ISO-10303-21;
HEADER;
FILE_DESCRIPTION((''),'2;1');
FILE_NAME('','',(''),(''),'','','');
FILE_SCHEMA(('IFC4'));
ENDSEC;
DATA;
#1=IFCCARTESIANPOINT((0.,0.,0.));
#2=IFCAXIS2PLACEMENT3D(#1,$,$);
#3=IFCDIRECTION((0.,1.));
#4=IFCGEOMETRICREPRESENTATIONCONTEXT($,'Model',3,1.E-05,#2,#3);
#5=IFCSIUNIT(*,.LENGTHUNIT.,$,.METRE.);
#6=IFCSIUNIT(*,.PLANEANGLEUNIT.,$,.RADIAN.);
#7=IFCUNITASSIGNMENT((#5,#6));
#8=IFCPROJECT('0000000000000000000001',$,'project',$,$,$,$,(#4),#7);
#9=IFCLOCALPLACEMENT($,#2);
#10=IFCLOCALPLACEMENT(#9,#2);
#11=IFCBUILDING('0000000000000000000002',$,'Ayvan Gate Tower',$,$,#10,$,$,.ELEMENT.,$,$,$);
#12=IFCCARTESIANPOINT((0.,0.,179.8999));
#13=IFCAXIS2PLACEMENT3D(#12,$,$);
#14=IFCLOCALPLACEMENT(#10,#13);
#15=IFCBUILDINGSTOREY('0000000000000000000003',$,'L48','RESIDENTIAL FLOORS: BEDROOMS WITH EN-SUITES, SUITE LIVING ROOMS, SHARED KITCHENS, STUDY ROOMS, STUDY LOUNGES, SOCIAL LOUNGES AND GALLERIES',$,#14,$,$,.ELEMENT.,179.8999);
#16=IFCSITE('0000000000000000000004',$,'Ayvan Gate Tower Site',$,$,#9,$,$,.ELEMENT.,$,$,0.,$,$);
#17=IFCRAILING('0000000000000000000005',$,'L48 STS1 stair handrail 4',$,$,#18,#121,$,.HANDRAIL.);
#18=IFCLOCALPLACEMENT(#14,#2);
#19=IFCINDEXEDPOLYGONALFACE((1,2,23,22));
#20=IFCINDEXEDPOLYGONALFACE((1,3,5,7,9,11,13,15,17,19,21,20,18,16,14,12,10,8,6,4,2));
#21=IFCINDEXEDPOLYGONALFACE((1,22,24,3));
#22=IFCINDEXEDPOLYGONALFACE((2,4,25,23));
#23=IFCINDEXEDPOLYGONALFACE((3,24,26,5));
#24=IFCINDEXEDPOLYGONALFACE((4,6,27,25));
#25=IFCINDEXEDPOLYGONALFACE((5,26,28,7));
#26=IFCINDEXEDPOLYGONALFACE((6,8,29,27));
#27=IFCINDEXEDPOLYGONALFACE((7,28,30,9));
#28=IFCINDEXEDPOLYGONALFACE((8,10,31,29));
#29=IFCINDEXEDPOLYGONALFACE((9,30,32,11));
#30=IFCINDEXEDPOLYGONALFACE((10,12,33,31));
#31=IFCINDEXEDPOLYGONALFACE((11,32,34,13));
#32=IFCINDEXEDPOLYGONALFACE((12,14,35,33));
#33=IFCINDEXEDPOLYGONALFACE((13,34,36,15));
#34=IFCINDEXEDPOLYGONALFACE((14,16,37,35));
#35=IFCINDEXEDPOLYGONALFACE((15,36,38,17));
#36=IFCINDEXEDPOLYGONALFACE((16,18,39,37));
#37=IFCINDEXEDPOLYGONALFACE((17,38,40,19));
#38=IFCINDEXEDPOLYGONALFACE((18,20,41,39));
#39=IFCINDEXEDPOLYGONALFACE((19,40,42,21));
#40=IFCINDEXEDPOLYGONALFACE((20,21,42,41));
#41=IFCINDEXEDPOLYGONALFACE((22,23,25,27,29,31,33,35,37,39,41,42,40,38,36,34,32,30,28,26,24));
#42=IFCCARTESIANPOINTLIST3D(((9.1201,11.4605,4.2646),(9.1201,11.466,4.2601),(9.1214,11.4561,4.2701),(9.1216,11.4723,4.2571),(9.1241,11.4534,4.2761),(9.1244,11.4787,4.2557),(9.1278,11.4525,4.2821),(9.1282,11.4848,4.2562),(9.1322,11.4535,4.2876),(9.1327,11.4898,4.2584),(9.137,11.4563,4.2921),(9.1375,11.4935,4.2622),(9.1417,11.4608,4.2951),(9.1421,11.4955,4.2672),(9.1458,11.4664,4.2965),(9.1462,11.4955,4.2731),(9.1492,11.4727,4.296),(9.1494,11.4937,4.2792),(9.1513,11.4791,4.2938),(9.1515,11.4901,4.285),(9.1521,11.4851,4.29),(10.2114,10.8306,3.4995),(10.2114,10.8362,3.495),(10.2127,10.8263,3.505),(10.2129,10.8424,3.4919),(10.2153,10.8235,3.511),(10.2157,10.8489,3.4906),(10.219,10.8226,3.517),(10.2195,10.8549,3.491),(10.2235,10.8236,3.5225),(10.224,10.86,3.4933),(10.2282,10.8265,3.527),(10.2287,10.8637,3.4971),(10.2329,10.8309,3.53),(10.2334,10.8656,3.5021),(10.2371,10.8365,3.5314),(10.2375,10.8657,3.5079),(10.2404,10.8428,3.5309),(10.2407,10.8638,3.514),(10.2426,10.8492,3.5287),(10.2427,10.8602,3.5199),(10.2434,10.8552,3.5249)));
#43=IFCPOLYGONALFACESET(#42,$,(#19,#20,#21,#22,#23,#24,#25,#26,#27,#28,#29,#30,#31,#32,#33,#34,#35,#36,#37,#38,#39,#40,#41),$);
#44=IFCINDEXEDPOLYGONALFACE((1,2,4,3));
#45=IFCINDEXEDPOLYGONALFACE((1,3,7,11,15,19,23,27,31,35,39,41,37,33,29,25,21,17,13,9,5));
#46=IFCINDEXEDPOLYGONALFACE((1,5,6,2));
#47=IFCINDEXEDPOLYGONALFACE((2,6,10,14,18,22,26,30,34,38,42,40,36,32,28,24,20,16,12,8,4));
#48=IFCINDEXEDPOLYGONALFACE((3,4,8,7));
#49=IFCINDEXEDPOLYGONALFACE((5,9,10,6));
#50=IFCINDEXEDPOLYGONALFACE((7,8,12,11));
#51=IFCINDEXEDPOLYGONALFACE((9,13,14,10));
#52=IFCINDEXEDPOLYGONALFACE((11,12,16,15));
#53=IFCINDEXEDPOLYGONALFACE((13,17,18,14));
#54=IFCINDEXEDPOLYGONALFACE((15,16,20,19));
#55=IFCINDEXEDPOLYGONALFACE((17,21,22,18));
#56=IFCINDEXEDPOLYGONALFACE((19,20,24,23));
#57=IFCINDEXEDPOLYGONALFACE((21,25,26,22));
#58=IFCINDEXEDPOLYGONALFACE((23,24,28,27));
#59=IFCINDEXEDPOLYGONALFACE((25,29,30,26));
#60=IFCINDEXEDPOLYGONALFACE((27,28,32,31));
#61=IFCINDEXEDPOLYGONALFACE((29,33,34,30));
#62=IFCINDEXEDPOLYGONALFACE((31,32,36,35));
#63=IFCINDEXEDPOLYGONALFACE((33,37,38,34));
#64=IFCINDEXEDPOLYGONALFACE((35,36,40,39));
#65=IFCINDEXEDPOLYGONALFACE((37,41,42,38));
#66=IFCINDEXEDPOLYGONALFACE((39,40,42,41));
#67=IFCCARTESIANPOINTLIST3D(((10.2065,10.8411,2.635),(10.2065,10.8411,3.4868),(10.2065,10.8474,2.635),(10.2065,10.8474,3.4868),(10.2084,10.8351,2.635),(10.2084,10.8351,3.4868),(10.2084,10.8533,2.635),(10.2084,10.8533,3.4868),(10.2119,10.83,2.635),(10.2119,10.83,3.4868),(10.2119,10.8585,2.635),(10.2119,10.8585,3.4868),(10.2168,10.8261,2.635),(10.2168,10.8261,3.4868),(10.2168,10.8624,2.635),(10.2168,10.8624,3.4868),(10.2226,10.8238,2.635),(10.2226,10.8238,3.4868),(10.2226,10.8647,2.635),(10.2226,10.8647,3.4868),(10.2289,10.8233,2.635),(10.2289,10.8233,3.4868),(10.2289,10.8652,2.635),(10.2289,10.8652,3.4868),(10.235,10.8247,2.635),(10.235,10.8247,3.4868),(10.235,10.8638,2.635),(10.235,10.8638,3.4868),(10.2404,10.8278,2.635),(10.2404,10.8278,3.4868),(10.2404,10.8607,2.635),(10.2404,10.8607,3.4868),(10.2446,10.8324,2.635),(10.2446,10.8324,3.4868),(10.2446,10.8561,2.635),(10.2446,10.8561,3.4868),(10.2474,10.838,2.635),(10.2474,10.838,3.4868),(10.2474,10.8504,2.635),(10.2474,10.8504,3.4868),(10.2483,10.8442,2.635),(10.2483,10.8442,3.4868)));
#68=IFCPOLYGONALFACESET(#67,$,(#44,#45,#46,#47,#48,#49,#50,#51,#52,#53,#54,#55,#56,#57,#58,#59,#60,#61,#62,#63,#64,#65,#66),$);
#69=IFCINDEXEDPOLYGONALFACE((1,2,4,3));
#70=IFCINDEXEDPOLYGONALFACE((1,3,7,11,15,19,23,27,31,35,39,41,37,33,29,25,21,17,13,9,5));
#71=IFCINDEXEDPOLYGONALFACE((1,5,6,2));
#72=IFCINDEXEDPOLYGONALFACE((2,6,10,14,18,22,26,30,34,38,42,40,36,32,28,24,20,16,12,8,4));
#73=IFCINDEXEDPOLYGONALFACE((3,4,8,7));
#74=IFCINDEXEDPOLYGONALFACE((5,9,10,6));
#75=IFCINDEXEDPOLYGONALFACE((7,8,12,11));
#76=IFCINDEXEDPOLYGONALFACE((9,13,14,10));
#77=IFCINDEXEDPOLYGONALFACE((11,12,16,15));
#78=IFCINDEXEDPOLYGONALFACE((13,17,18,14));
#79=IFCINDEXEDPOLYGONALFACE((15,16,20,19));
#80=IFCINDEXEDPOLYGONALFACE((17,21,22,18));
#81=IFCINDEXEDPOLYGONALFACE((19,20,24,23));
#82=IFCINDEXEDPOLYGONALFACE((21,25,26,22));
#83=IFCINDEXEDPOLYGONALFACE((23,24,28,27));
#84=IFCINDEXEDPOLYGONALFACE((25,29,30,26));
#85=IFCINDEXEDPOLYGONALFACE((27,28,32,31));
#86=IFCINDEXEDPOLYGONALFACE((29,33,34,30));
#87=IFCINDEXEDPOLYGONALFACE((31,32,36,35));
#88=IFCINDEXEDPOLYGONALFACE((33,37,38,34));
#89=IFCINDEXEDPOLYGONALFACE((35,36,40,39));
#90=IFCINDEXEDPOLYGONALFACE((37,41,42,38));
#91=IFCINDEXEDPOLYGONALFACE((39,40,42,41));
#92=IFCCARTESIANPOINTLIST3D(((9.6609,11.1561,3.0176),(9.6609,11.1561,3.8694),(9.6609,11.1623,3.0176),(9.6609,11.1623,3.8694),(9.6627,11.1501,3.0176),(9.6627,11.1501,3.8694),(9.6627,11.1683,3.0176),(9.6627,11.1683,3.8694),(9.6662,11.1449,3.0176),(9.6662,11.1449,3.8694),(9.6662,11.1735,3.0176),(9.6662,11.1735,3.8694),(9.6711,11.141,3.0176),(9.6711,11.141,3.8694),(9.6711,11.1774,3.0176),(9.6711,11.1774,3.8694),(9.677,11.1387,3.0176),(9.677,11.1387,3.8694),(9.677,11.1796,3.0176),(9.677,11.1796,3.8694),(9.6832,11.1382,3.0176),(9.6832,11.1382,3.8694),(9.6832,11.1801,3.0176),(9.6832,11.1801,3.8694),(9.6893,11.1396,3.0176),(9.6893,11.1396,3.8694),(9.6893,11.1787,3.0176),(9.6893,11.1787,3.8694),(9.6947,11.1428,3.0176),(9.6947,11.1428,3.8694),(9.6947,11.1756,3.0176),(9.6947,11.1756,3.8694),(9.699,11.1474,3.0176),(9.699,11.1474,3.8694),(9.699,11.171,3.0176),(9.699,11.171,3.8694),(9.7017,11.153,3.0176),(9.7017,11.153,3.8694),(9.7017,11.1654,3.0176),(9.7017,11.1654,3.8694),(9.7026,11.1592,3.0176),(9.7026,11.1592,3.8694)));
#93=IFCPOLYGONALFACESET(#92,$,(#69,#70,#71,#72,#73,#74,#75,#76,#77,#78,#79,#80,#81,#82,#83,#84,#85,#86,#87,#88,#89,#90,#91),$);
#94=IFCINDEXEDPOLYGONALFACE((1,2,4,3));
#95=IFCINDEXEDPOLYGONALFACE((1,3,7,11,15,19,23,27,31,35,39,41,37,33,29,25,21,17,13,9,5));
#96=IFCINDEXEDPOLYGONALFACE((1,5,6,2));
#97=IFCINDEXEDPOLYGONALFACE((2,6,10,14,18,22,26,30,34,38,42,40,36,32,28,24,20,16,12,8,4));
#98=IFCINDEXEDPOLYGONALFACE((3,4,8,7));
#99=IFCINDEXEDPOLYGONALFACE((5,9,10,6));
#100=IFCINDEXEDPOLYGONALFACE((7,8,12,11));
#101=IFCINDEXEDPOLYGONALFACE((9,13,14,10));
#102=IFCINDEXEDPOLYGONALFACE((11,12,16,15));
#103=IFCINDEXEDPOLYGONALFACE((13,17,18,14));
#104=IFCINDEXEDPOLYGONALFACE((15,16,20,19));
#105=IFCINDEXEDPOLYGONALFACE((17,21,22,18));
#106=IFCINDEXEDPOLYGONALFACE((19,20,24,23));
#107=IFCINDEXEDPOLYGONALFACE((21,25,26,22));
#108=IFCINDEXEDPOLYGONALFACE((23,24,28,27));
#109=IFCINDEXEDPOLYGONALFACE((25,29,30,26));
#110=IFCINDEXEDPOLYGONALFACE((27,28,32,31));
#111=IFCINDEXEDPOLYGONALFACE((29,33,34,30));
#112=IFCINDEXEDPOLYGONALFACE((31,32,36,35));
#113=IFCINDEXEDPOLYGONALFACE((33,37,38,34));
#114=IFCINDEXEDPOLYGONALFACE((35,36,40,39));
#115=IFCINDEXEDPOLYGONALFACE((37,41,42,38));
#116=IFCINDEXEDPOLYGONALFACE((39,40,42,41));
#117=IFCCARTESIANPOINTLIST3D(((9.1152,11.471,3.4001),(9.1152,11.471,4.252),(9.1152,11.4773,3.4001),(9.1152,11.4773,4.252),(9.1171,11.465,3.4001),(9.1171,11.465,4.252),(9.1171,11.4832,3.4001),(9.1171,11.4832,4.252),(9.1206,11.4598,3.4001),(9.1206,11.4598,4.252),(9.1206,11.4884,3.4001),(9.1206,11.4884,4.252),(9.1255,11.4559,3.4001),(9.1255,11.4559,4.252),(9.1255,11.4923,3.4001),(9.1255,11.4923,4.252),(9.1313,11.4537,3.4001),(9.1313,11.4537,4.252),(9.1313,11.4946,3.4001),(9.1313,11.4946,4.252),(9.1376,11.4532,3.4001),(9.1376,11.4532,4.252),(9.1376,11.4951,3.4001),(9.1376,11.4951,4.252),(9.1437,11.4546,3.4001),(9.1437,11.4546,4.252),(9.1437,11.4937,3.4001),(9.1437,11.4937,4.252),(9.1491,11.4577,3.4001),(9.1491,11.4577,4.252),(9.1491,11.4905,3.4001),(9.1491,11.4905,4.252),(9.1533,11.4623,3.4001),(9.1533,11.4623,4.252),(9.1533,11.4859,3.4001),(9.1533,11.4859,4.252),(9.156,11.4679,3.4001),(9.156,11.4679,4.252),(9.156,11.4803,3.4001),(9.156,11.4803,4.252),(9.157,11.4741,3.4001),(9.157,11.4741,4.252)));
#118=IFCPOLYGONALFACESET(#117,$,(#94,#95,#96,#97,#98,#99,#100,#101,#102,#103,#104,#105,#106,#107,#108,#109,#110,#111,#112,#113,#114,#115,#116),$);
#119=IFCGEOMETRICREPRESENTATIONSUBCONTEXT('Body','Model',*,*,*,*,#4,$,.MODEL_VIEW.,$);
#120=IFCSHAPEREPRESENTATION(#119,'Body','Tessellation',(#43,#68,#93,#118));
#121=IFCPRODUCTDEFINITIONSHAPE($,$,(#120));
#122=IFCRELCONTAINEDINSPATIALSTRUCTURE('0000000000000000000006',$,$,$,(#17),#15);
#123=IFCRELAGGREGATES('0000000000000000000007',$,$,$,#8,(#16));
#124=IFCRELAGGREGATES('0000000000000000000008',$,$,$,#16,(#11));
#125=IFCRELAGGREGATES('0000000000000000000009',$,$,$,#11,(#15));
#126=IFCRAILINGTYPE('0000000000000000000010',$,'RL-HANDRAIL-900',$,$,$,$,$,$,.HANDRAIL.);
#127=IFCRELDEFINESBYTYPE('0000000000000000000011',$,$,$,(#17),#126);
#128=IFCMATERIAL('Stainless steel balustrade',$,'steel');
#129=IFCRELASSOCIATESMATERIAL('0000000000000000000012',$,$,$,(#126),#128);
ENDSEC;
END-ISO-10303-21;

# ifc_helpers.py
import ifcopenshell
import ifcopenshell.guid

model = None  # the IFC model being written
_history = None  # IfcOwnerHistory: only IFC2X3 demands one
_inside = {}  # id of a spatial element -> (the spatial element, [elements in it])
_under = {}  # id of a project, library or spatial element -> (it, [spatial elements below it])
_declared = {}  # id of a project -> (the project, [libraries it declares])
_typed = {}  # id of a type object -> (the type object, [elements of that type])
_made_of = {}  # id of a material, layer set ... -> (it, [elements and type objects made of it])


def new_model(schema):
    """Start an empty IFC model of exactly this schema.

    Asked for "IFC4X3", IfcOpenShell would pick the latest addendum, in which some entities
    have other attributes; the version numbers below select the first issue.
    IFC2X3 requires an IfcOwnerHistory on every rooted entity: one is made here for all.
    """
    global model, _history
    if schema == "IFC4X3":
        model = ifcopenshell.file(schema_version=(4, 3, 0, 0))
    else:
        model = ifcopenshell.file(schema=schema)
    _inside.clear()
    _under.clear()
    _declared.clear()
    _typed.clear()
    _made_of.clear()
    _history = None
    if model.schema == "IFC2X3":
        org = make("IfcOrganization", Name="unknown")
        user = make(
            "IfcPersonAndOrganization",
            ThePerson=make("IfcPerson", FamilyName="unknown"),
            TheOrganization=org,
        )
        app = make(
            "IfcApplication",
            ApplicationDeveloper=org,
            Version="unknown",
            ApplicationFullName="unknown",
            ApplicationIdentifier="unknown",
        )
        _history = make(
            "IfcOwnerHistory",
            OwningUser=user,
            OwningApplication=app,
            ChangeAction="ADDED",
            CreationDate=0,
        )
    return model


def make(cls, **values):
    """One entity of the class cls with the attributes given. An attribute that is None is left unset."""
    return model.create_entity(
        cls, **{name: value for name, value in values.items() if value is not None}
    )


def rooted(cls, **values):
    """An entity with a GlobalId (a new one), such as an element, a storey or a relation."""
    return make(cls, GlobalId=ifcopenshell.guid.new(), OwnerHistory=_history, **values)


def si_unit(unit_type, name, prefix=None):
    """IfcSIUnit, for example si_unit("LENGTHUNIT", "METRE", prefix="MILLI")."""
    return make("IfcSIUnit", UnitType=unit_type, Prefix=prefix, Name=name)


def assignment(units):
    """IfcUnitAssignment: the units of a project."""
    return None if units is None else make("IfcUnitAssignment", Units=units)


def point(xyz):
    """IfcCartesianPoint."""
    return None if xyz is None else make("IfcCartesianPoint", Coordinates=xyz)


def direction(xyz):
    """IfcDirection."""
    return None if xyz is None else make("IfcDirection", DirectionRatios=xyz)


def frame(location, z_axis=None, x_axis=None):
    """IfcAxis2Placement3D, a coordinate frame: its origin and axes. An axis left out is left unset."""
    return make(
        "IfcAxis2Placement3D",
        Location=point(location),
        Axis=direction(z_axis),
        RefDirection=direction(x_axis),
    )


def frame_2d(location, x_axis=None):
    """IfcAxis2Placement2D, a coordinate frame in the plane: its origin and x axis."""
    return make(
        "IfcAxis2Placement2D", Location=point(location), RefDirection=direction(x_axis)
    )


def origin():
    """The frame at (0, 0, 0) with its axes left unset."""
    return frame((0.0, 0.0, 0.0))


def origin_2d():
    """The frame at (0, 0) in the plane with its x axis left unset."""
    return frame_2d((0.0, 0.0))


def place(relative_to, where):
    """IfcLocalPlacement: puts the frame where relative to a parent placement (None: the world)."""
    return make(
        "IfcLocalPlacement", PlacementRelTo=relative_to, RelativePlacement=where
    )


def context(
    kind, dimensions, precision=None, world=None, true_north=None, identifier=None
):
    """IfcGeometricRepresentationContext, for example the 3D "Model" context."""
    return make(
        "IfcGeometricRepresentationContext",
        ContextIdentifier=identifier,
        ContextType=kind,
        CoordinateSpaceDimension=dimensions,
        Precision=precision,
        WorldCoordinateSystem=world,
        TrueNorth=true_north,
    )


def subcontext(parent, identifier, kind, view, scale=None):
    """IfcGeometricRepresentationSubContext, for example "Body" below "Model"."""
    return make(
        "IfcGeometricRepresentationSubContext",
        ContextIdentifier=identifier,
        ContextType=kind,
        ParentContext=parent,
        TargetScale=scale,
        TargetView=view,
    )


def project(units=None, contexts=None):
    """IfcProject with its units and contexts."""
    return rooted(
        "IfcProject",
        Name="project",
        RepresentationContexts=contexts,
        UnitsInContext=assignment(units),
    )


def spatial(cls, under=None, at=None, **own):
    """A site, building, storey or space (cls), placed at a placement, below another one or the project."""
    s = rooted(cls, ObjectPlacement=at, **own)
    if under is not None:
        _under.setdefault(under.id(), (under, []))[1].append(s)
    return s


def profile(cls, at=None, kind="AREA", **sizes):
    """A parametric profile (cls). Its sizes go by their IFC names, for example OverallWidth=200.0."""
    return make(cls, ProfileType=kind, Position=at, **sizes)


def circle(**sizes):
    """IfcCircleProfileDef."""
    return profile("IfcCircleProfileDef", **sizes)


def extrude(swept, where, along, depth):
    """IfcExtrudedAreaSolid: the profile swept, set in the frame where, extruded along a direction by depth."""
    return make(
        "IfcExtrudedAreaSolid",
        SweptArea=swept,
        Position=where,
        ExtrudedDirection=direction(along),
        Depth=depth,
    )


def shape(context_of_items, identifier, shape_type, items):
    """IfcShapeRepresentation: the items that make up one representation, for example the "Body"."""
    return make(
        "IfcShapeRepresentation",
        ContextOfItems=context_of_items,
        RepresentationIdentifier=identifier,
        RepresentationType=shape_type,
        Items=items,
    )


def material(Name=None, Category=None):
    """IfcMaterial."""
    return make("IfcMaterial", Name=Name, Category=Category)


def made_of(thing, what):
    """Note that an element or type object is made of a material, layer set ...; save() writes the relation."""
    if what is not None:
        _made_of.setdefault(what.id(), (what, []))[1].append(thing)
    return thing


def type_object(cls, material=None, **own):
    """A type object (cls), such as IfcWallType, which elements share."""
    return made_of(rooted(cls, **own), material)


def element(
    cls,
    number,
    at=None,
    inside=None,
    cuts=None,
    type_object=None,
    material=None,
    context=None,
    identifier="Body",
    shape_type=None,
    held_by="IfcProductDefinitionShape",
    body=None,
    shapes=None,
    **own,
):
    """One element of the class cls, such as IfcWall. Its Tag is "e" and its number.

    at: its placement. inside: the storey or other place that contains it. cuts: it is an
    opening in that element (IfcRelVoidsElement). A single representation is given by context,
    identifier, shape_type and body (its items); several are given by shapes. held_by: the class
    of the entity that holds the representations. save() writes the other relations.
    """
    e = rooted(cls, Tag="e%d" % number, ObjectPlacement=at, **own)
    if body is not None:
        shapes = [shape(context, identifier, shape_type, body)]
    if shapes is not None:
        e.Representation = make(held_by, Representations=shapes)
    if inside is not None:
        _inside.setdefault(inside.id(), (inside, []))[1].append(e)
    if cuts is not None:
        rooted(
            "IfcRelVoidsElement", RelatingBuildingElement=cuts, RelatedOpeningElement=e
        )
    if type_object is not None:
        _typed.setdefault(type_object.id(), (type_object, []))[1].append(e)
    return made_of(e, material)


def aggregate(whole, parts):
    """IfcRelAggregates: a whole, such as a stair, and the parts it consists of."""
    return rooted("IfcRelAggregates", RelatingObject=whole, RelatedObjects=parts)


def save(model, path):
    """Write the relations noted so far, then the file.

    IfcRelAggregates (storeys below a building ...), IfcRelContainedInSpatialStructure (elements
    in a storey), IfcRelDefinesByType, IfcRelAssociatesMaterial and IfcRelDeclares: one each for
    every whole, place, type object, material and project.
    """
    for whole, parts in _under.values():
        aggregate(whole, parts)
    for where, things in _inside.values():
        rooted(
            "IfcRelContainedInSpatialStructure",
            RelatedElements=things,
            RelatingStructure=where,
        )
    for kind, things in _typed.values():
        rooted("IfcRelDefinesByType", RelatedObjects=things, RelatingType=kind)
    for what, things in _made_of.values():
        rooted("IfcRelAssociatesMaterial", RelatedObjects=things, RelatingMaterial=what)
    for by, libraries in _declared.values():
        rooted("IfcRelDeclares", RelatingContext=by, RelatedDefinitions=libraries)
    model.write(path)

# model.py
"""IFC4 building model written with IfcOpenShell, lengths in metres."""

from ifc_helpers import new_model, si_unit, direction, frame, origin, origin_2d, place, context, subcontext, project, spatial, circle, extrude, material, type_object, element, save


model = new_model("IFC4")

# Units and contexts
model_context = context("Model", 3, precision=1e-05, world=origin(), true_north=direction((0.0, 1.0)))
body_context = subcontext(model_context, "Body", "Model", "MODEL_VIEW")
ifc_project = project(units=[si_unit("LENGTHUNIT", "METRE"), si_unit("PLANEANGLEUNIT", "RADIAN")], contexts=[model_context])

# Site, building, storey
site_placement = place(None, origin())
site = spatial("IfcSite", under=ifc_project, at=site_placement, Name="Ayvan Gate Tower Site", CompositionType="ELEMENT", RefElevation=0.0)
building_placement = place(site_placement, origin())
building = spatial("IfcBuilding", under=site, at=building_placement, Name="Ayvan Gate Tower", CompositionType="ELEMENT")
storey_placement = place(building_placement, frame((0.0, 0.0, 179.8999)))
storey = spatial("IfcBuildingStorey", under=building, at=storey_placement, Name="L48", Description="RESIDENTIAL FLOORS: BEDROOMS WITH EN-SUITES, SUITE LIVING ROOMS, SHARED KITCHENS, STUDY ROOMS, STUDY LOUNGES, SOCIAL LOUNGES AND GALLERIES", CompositionType="ELEMENT", Elevation=179.8999)

# Railing
ifc_material_1 = material(Name="Stainless steel balustrade", Category="steel")
railing_type_1 = type_object("IfcRailingType", Name="RL-HANDRAIL-900", PredefinedType="HANDRAIL", material=ifc_material_1)
railing_1_placement = place(storey_placement, frame((10.2273, 10.8442, 2.635)))
element("IfcRailing", 1, at=railing_1_placement, inside=storey, type_object=railing_type_1, Name="L48 STS1 stair handrail 4", PredefinedType="HANDRAIL", context=body_context, shape_type="SweptSolid", body=[
    extrude(circle(Radius=0.0239, at=origin_2d()), frame((0.0, 0.0, 0.876), z_axis=(-0.740293, 0.427283, 0.519033), x_axis=(-0.49989, -0.866089, 0.0)), (0.0, 0.0, 1.0), 1.4741),
    extrude(circle(Radius=0.021, at=origin_2d()), origin(), (0.0, 0.0, 1.0), 0.8518),
    extrude(circle(Radius=0.021, at=origin_2d()), frame((-0.5457, 0.3149, 0.3826)), (0.0, 0.0, 1.0), 0.8518),
    extrude(circle(Radius=0.021, at=origin_2d()), frame((-1.0913, 0.6299, 0.7651)), (0.0, 0.0, 1.0), 0.8518),
])

save(model, "model.ifc")
